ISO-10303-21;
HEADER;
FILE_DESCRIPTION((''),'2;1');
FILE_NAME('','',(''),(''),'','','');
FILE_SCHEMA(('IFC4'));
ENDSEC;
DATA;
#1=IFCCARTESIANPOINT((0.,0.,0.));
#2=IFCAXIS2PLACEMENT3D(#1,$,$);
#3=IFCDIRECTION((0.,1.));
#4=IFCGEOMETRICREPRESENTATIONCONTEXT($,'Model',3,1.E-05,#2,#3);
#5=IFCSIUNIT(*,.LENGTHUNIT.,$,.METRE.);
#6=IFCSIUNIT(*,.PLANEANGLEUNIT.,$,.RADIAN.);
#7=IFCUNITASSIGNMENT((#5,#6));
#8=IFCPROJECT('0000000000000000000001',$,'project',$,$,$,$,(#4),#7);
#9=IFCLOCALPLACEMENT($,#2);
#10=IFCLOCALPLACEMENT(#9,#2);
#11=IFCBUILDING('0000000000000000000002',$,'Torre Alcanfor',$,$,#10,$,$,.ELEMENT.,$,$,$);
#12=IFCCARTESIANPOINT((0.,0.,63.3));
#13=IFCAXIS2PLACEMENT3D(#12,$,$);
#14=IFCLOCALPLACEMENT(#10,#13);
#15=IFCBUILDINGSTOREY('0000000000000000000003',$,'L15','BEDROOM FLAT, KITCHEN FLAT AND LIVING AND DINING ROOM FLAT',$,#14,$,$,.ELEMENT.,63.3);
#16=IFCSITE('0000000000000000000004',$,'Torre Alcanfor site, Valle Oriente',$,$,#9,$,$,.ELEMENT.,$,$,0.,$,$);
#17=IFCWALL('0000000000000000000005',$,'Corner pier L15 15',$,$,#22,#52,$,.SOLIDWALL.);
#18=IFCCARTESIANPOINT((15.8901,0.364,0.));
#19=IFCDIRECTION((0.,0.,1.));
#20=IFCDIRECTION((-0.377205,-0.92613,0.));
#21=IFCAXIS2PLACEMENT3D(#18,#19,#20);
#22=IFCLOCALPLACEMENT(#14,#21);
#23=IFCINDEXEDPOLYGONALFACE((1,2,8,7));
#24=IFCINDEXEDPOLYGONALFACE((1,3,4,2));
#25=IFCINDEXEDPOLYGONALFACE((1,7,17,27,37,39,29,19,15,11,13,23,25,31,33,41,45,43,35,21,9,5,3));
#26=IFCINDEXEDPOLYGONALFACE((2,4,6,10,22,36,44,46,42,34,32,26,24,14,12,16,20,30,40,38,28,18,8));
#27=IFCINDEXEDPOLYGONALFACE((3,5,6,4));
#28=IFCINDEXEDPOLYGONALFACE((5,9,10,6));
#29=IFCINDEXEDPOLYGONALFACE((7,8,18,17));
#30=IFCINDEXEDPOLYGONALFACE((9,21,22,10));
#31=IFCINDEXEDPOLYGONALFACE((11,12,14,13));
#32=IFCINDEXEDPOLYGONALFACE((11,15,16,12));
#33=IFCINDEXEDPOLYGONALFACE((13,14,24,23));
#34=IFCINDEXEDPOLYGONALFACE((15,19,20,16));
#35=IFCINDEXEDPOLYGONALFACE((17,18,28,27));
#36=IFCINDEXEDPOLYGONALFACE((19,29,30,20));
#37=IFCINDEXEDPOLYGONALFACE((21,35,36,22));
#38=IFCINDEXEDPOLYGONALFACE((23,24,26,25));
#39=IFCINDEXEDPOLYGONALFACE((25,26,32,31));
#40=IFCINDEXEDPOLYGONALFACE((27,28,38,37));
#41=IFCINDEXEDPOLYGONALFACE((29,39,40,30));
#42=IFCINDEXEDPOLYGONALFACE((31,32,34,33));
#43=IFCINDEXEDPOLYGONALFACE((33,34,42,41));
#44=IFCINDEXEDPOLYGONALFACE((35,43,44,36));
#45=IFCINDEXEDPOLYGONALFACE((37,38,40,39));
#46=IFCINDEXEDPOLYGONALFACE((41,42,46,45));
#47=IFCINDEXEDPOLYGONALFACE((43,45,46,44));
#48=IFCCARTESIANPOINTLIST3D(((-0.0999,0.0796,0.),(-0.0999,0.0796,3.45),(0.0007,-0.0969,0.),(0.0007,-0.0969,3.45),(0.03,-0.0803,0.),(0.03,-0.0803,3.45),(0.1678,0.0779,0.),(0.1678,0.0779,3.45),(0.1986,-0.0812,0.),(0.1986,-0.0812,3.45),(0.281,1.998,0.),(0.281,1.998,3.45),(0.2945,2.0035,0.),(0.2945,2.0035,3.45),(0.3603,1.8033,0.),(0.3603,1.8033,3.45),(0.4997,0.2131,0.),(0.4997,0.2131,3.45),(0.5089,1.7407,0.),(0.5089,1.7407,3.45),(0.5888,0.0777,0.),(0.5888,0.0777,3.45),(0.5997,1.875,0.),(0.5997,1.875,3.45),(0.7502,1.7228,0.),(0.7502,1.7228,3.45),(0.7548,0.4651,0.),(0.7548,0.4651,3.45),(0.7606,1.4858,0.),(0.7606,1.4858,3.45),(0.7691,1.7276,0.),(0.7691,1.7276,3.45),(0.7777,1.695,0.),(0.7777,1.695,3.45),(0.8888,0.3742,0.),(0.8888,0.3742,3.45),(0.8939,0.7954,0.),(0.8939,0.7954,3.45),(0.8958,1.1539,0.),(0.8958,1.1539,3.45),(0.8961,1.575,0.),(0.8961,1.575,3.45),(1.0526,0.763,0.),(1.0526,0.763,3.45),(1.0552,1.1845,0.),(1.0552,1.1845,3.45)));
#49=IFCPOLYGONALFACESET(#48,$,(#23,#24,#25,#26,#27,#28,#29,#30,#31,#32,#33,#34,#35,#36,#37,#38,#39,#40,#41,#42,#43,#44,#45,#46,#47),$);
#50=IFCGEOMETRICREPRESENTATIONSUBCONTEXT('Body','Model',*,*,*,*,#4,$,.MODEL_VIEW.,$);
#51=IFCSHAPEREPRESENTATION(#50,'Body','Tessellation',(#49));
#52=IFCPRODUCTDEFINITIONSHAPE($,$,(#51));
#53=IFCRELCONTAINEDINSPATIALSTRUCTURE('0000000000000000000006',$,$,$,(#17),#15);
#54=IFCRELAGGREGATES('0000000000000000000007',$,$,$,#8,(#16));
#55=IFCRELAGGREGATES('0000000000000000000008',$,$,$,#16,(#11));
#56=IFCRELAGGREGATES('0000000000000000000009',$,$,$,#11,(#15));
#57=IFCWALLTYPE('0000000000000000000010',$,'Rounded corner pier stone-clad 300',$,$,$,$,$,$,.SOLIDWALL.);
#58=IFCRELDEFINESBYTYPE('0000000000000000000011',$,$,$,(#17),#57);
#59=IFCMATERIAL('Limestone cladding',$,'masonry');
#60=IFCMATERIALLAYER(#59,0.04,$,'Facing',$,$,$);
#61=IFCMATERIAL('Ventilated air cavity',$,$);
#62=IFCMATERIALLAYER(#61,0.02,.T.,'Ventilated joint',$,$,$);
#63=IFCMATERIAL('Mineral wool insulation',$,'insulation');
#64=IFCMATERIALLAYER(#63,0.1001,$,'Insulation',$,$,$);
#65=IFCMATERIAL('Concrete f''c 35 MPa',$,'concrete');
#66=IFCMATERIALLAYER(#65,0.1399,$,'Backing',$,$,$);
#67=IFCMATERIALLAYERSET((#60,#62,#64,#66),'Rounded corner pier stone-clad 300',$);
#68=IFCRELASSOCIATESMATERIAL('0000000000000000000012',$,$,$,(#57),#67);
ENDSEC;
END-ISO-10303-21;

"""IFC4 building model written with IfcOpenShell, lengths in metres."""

from ifc_helpers import new_model, si_unit, direction, frame, origin, place, context, subcontext, project, spatial, polyline, outline, extrude, material, layer, layer_set, type_object, element, save


model = new_model("IFC4")

# Units and contexts
model_context = context("Model", 3, precision=1e-05, world=origin(), true_north=direction((0.0, 1.0)))
body_context = subcontext(model_context, "Body", "Model", "MODEL_VIEW")
ifc_project = project(units=[si_unit("LENGTHUNIT", "METRE"), si_unit("PLANEANGLEUNIT", "RADIAN")], contexts=[model_context])

# Site, building, storey
site_placement = place(None, origin())
site = spatial("IfcSite", under=ifc_project, at=site_placement, Name="Torre Alcanfor site, Valle Oriente", CompositionType="ELEMENT", RefElevation=0.0)
building_placement = place(site_placement, origin())
building = spatial("IfcBuilding", under=site, at=building_placement, Name="Torre Alcanfor", CompositionType="ELEMENT")
storey_placement = place(building_placement, frame((0.0, 0.0, 63.3)))
storey = spatial("IfcBuildingStorey", under=building, at=storey_placement, Name="L15", Description="BEDROOM FLAT, KITCHEN FLAT AND LIVING AND DINING ROOM FLAT", CompositionType="ELEMENT", Elevation=63.3)

# Shared definitions
ifc_material_1 = material(Name="Limestone cladding", Category="masonry")
ifc_material_2 = material(Name="Ventilated air cavity")
ifc_material_3 = material(Name="Mineral wool insulation", Category="insulation")
ifc_material_4 = material(Name="Concrete f'c 35 MPa", Category="concrete")

# Wall
ifc_layer_1 = layer(ifc_material_1, 0.04, Name="Facing")
ifc_layer_2 = layer(ifc_material_2, 0.02, ventilated=True, Name="Ventilated joint")
ifc_layer_3 = layer(ifc_material_3, 0.1001, Name="Insulation")
ifc_layer_4 = layer(ifc_material_4, 0.1399, Name="Backing")
ifc_layer_set_1 = layer_set([ifc_layer_1, ifc_layer_2, ifc_layer_3, ifc_layer_4], Name="Rounded corner pier stone-clad 300")
wall_type_1 = type_object("IfcWallType", Name="Rounded corner pier stone-clad 300", PredefinedType="SOLIDWALL", material=ifc_layer_set_1)
wall_1_placement = place(storey_placement, frame((15.8901, 0.364, 0.0), z_axis=(0.0, 0.0, 1.0), x_axis=(-0.377205, -0.92613, 0.0)))
element("IfcWall", 1, at=wall_1_placement, inside=storey, type_object=wall_type_1, Name="Corner pier L15 15", PredefinedType="SOLIDWALL", context=body_context, shape_type="SweptSolid", body=[
    extrude(outline(polyline([(0.3603, 1.8033), (0.5089, 1.7407), (0.7606, 1.4858), (0.8958, 1.1539), (0.8939, 0.7954), (0.7548, 0.4651), (0.4997, 0.2131), (0.1678, 0.0779), (-0.0999, 0.0796), (0.0007, -0.0969), (0.03, -0.0803), (0.1986, -0.0812), (0.5888, 0.0777), (0.8888, 0.3742), (1.0526, 0.763), (1.0552, 1.1845), (0.8961, 1.575), (0.7777, 1.695), (0.7691, 1.7276), (0.7502, 1.7228), (0.5997, 1.875), (0.2945, 2.0035), (0.281, 1.998), (0.3603, 1.8033)])), origin(), (0.0, 0.0, 1.0), 3.45),
])

save(model, "model.ifc")
